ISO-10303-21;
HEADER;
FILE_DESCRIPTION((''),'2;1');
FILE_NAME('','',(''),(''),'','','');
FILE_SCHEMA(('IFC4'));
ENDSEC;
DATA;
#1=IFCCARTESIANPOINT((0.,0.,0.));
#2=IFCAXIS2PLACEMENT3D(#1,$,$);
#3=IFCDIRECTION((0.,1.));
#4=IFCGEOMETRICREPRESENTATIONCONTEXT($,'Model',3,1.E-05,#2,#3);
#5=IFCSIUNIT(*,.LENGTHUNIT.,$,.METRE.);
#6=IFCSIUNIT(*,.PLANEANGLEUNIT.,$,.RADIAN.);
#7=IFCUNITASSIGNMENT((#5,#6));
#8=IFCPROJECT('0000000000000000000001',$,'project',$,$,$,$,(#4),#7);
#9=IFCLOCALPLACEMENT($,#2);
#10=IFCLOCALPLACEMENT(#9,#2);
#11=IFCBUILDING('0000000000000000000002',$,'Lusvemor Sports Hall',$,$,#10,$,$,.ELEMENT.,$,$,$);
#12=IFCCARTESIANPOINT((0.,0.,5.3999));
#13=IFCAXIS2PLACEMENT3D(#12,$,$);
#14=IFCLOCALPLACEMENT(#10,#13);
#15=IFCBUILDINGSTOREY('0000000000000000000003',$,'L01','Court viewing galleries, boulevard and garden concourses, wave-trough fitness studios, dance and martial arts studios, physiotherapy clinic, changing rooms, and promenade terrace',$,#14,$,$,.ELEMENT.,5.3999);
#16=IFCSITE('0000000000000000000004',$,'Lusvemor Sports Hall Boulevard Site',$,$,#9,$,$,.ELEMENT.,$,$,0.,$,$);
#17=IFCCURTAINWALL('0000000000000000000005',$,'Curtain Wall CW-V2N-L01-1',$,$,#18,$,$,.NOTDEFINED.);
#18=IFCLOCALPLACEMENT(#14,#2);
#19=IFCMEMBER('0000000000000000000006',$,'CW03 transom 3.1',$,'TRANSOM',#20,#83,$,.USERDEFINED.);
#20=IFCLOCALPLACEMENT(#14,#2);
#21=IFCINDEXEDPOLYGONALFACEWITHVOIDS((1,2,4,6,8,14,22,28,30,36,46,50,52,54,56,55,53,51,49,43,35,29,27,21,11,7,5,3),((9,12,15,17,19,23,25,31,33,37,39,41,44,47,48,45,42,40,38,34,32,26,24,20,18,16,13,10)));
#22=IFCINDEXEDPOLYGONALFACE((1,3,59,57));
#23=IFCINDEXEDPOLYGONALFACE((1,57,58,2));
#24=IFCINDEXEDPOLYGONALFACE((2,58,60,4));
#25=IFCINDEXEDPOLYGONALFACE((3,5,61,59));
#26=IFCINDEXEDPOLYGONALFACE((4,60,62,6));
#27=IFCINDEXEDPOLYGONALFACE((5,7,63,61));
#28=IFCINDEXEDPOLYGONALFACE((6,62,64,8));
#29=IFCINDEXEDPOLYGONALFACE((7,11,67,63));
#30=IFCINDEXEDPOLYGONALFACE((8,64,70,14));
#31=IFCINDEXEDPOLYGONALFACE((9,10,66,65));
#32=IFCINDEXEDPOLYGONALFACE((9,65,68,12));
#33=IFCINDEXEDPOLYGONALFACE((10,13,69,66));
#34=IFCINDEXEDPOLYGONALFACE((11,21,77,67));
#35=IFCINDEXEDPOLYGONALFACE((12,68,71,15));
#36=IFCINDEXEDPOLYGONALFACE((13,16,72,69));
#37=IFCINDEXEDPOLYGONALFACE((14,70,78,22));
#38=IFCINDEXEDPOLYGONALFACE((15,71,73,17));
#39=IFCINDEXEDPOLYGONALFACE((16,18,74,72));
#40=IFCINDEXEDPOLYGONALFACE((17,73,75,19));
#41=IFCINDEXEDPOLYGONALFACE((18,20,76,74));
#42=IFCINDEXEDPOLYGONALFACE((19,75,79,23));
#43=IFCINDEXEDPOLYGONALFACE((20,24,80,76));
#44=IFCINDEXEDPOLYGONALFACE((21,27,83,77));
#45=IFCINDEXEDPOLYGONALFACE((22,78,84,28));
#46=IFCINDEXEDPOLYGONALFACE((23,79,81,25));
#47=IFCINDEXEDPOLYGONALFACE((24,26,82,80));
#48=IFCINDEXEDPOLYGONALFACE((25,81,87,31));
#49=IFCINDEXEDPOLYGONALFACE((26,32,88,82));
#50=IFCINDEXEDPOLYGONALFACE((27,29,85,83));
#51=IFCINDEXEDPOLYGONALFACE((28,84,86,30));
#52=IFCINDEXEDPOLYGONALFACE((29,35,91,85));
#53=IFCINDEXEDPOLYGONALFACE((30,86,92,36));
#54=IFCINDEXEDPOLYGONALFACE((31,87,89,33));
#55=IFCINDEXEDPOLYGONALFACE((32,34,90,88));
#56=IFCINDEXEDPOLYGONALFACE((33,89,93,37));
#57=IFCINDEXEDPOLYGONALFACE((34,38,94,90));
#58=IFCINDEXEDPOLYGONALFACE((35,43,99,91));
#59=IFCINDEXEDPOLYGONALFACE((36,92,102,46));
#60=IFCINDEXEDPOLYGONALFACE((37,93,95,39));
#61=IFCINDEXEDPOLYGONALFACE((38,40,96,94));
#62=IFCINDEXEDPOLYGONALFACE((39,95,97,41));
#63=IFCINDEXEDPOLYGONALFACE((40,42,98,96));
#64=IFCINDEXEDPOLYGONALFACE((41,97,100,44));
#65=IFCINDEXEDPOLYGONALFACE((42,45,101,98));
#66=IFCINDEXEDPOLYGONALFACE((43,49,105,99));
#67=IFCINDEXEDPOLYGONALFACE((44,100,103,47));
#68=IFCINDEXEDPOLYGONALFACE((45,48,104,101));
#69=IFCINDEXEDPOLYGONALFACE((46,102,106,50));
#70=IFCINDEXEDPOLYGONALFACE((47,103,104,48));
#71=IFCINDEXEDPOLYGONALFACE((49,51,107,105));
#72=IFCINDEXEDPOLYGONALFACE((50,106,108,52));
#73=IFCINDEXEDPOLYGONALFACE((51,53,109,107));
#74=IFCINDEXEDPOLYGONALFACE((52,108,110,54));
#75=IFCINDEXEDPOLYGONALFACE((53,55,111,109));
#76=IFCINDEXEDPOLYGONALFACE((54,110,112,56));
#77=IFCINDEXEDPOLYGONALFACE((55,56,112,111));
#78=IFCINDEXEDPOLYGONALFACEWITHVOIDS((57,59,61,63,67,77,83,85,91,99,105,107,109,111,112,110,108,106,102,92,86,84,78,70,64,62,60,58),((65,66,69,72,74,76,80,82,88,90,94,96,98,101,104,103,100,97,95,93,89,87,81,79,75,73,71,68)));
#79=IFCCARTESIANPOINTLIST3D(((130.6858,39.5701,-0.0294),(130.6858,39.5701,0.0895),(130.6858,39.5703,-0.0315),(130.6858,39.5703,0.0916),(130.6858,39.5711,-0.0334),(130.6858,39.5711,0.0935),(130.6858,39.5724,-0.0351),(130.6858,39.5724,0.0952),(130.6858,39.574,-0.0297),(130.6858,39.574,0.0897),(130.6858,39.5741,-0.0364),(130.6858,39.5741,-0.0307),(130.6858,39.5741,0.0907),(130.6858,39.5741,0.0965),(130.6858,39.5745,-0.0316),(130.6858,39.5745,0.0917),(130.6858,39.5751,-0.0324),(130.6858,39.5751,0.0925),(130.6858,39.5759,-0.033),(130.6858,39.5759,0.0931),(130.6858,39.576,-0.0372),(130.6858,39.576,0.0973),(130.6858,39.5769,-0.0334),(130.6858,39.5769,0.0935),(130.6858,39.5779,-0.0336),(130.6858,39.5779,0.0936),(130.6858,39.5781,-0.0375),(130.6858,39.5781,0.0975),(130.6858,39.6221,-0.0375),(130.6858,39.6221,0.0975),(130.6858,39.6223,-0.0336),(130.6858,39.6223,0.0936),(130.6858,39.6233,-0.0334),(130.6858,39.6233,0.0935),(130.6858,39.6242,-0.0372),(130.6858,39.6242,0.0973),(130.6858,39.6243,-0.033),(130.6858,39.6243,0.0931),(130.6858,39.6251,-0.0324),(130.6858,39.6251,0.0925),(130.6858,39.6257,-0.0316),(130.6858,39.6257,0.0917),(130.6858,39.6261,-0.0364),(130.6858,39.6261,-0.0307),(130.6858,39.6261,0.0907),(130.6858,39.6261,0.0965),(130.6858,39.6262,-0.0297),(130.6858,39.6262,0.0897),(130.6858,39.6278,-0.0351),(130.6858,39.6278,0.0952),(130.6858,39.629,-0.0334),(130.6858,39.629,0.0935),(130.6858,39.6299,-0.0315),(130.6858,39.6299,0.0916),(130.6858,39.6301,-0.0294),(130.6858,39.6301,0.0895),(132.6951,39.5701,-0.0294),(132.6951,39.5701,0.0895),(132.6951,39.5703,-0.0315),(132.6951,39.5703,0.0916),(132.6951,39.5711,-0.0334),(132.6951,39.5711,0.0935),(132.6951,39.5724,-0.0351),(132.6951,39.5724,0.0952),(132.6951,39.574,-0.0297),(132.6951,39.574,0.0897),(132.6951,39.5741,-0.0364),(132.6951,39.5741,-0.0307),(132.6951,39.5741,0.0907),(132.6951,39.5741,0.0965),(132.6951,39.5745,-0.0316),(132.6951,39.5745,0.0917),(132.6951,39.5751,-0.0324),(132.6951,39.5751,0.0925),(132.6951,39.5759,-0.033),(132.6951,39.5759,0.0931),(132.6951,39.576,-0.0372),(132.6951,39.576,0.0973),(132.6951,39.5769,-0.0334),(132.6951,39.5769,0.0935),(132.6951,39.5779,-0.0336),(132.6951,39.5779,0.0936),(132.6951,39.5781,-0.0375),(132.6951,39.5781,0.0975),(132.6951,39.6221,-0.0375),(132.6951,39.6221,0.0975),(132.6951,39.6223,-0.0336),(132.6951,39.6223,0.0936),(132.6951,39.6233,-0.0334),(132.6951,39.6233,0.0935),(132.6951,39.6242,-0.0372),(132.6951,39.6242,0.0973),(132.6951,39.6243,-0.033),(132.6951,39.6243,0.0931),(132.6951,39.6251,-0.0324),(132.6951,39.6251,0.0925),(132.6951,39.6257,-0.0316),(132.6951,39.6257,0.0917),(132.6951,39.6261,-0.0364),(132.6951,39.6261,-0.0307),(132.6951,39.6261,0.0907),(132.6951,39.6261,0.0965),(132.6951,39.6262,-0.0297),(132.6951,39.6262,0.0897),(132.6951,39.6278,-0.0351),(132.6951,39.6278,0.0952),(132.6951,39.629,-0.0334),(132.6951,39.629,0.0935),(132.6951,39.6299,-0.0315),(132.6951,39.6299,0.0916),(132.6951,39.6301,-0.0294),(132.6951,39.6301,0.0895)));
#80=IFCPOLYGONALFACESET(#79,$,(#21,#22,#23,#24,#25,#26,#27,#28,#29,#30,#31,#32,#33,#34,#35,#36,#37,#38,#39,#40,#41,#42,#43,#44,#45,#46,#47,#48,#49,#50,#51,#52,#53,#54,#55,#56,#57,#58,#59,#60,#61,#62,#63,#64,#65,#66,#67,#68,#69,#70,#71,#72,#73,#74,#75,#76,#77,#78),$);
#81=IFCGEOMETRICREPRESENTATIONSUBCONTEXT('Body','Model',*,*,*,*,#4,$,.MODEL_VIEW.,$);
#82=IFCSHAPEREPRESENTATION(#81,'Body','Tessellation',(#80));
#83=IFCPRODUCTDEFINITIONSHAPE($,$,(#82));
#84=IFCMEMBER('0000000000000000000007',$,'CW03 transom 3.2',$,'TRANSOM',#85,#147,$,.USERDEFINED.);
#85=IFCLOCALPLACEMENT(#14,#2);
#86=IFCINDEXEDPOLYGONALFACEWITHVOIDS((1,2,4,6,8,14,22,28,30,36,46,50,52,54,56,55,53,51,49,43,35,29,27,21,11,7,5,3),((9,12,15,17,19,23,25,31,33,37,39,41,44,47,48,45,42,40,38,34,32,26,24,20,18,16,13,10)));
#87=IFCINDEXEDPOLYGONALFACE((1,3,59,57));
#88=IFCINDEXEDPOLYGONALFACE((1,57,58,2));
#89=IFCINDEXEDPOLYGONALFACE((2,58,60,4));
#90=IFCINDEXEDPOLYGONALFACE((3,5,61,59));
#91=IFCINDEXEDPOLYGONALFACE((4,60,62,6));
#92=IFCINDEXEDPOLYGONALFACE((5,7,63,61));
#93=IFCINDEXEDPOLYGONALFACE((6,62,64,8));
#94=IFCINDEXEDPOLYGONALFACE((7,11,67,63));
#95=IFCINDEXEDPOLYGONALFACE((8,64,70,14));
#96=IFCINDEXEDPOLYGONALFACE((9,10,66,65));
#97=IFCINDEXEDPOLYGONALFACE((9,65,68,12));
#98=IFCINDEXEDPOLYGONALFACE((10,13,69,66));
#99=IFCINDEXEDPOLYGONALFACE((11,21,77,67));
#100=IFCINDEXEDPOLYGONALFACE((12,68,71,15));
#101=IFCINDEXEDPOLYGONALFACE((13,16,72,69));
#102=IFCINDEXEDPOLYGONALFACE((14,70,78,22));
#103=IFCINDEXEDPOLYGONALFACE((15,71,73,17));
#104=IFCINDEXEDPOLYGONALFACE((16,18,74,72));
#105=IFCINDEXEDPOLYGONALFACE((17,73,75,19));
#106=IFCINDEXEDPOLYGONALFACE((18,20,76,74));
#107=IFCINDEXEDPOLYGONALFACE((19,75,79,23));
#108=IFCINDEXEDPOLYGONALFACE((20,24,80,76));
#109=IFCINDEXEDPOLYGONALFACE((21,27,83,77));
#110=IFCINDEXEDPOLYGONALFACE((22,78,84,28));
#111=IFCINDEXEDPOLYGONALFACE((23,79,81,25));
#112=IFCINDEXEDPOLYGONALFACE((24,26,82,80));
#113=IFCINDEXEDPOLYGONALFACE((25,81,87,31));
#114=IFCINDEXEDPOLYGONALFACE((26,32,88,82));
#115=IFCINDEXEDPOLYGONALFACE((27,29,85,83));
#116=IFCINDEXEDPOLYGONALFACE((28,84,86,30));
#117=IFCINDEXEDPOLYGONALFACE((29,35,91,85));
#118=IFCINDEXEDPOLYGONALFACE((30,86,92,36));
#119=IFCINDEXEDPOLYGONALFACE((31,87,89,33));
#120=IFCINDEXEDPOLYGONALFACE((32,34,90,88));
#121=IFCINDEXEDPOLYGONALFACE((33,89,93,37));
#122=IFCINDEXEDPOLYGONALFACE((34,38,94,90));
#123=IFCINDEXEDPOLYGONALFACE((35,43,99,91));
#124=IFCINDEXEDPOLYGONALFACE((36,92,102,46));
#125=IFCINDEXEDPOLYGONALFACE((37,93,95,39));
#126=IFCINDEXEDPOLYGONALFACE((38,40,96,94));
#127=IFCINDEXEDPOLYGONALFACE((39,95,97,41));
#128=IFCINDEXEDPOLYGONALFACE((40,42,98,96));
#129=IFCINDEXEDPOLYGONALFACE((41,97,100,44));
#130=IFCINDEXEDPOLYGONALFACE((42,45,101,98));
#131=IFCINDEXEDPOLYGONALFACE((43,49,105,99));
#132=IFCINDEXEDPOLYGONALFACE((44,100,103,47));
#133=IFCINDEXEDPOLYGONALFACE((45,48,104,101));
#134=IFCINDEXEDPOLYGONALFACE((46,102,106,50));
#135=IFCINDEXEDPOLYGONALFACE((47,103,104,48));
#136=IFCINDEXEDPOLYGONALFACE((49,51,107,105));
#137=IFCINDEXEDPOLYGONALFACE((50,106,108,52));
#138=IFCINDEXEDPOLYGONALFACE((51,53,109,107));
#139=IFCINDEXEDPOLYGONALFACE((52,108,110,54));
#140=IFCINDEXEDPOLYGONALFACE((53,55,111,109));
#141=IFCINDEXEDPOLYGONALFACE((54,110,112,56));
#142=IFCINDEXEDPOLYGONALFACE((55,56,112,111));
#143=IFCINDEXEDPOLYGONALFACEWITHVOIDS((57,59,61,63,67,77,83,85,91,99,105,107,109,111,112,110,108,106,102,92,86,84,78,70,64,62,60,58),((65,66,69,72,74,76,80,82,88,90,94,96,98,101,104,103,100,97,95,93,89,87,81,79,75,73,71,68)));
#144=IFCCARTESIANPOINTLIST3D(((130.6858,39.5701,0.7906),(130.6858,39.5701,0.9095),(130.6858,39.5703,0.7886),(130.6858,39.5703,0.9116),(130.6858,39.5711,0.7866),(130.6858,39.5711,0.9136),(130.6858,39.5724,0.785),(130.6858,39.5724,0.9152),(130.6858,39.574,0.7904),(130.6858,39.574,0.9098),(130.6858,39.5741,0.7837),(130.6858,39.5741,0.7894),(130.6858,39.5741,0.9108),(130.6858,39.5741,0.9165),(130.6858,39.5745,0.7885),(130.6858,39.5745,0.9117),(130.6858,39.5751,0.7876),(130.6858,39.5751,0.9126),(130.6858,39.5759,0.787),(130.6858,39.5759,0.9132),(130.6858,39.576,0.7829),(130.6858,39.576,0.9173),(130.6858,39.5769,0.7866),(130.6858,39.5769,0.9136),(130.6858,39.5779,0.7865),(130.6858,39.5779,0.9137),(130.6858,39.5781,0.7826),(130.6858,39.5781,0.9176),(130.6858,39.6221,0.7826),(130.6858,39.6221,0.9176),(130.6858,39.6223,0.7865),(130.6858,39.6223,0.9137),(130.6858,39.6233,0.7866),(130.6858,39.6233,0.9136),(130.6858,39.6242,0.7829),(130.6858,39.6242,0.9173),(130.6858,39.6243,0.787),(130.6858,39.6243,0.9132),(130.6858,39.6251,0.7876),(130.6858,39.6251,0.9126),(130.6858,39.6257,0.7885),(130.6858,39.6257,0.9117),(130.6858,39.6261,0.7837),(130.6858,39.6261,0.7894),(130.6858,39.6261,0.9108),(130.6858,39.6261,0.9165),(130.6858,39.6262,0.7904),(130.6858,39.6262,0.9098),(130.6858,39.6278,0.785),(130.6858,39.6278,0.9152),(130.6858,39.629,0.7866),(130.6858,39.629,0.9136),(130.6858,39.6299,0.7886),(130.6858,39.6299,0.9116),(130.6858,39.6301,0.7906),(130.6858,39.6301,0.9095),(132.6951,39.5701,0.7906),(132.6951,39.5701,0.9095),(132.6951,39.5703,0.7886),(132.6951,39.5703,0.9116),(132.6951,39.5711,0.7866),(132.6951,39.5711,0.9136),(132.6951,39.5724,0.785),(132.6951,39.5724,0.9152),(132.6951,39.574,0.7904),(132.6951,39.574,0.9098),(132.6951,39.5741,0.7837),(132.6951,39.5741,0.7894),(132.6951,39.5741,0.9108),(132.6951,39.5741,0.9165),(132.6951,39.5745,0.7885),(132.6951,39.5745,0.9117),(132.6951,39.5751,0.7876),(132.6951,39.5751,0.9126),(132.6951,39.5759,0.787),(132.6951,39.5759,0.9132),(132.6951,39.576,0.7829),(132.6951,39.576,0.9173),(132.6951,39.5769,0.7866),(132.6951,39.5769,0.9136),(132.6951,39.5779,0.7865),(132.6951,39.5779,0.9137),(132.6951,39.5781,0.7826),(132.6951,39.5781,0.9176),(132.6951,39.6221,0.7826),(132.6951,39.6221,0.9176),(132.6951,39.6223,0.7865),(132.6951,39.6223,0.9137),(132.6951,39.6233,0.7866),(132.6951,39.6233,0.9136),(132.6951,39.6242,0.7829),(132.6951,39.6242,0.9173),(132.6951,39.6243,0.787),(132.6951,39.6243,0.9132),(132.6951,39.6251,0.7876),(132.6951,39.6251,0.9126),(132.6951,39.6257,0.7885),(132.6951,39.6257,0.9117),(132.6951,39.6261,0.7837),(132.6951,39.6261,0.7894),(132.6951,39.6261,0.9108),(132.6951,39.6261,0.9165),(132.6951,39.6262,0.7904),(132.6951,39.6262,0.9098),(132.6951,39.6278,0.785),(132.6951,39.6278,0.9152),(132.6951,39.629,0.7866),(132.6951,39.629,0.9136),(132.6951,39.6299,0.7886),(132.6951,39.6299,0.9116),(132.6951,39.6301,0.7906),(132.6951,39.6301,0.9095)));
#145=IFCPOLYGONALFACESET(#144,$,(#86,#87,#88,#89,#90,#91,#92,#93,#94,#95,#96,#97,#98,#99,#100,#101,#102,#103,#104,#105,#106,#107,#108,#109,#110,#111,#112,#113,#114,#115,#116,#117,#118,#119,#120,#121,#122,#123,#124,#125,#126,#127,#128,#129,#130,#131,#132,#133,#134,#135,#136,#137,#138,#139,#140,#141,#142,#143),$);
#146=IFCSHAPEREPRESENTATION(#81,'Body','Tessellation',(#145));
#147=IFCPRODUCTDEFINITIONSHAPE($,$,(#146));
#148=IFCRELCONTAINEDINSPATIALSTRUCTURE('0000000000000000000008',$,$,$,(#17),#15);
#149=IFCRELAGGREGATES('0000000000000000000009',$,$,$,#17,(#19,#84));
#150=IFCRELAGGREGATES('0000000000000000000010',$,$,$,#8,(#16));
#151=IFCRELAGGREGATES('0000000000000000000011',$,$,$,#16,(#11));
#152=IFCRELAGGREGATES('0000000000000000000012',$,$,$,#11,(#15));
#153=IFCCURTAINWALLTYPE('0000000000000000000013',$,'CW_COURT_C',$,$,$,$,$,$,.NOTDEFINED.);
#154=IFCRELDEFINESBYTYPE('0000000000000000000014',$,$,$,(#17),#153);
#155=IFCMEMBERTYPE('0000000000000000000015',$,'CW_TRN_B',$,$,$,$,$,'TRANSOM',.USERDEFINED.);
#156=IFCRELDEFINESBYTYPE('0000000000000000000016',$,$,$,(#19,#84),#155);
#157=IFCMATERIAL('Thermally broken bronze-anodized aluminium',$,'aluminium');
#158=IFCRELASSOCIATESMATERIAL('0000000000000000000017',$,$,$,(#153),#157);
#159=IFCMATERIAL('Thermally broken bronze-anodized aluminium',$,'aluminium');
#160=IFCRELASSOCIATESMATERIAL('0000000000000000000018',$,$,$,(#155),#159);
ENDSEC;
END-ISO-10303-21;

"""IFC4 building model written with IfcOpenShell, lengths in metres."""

from ifc_helpers import new_model, si_unit, direction, frame, origin, origin_2d, place, context, subcontext, project, spatial, hollow_rectangle, extrude, material, material_profile, profile_set, type_object, element, aggregate, save


model = new_model("IFC4")

# Units and contexts
model_context = context("Model", 3, precision=1e-05, world=origin(), true_north=direction((0.0, 1.0)))
body_context = subcontext(model_context, "Body", "Model", "MODEL_VIEW")
ifc_project = project(units=[si_unit("LENGTHUNIT", "METRE"), si_unit("PLANEANGLEUNIT", "RADIAN")], contexts=[model_context])

# Site, building, storey
site_placement = place(None, origin())
site = spatial("IfcSite", under=ifc_project, at=site_placement, Name="Lusvemor Sports Hall Boulevard Site", CompositionType="ELEMENT", RefElevation=0.0)
building_placement = place(site_placement, origin())
building = spatial("IfcBuilding", under=site, at=building_placement, Name="Lusvemor Sports Hall", CompositionType="ELEMENT")
storey_placement = place(building_placement, frame((0.0, 0.0, 5.3999)))
storey = spatial("IfcBuildingStorey", under=building, at=storey_placement, Name="L01", Description="Court viewing galleries, boulevard and garden concourses, wave-trough fitness studios, dance and martial arts studios, physiotherapy clinic, changing rooms, and promenade terrace", CompositionType="ELEMENT", Elevation=5.3999)

# Curtain wall
ifc_material_1 = material(Name="Thermally broken bronze-anodized aluminium", Category="aluminium")
curtain_wall_type_1 = type_object("IfcCurtainWallType", Name="CW_COURT_C", PredefinedType="NOTDEFINED", material=ifc_material_1)
curtain_wall_1_placement = place(storey_placement, origin())
curtain_wall_1 = element("IfcCurtainWall", 1, at=curtain_wall_1_placement, inside=storey, type_object=curtain_wall_type_1, Name="Curtain Wall CW-V2N-L01-1", PredefinedType="NOTDEFINED")

# Members
ifc_material_2 = material(Name="Thermally broken bronze-anodized aluminium", Category="aluminium")
ifc_material_profile_1 = material_profile(ifc_material_2, hollow_rectangle(XDim=0.0601, YDim=0.135, WallThickness=0.0039, InnerFilletRadius=0.0039, OuterFilletRadius=0.0081, at=origin_2d()), Name="CWTRN135x60x4")
ifc_profile_set_1 = profile_set([ifc_material_profile_1], Name="Thermally broken bronze-anodized aluminium")
member_type_1 = type_object("IfcMemberType", Name="CW_TRN_B", ElementType="TRANSOM", PredefinedType="USERDEFINED", material=ifc_profile_set_1)
member_1_placement = place(storey_placement, frame((130.6858, 39.6001, 0.03), z_axis=(1.0, 0.0, 0.0), x_axis=(0.0, 1.0, 0.0)))
member_1 = element("IfcMember", 2, at=member_1_placement, type_object=member_type_1, Name="CW03 transom 3.1", ObjectType="TRANSOM", PredefinedType="USERDEFINED", context=body_context, shape_type="SweptSolid", body=[
    extrude(hollow_rectangle(XDim=0.0601, YDim=0.135, WallThickness=0.0039, InnerFilletRadius=0.0039, OuterFilletRadius=0.0081, at=origin_2d()), origin(), (0.0, 0.0, 1.0), 2.0093),
])
member_2_placement = place(storey_placement, frame((130.6858, 39.6001, 0.8501), z_axis=(1.0, 0.0, 0.0), x_axis=(0.0, 1.0, 0.0)))
member_2 = element("IfcMember", 3, at=member_2_placement, type_object=member_type_1, Name="CW03 transom 3.2", ObjectType="TRANSOM", PredefinedType="USERDEFINED", context=body_context, shape_type="SweptSolid", body=[
    extrude(hollow_rectangle(XDim=0.0601, YDim=0.135, WallThickness=0.0039, InnerFilletRadius=0.0039, OuterFilletRadius=0.0081, at=origin_2d()), origin(), (0.0, 0.0, 1.0), 2.0093),
])

aggregate(curtain_wall_1, [member_1, member_2])

save(model, "model.ifc")
